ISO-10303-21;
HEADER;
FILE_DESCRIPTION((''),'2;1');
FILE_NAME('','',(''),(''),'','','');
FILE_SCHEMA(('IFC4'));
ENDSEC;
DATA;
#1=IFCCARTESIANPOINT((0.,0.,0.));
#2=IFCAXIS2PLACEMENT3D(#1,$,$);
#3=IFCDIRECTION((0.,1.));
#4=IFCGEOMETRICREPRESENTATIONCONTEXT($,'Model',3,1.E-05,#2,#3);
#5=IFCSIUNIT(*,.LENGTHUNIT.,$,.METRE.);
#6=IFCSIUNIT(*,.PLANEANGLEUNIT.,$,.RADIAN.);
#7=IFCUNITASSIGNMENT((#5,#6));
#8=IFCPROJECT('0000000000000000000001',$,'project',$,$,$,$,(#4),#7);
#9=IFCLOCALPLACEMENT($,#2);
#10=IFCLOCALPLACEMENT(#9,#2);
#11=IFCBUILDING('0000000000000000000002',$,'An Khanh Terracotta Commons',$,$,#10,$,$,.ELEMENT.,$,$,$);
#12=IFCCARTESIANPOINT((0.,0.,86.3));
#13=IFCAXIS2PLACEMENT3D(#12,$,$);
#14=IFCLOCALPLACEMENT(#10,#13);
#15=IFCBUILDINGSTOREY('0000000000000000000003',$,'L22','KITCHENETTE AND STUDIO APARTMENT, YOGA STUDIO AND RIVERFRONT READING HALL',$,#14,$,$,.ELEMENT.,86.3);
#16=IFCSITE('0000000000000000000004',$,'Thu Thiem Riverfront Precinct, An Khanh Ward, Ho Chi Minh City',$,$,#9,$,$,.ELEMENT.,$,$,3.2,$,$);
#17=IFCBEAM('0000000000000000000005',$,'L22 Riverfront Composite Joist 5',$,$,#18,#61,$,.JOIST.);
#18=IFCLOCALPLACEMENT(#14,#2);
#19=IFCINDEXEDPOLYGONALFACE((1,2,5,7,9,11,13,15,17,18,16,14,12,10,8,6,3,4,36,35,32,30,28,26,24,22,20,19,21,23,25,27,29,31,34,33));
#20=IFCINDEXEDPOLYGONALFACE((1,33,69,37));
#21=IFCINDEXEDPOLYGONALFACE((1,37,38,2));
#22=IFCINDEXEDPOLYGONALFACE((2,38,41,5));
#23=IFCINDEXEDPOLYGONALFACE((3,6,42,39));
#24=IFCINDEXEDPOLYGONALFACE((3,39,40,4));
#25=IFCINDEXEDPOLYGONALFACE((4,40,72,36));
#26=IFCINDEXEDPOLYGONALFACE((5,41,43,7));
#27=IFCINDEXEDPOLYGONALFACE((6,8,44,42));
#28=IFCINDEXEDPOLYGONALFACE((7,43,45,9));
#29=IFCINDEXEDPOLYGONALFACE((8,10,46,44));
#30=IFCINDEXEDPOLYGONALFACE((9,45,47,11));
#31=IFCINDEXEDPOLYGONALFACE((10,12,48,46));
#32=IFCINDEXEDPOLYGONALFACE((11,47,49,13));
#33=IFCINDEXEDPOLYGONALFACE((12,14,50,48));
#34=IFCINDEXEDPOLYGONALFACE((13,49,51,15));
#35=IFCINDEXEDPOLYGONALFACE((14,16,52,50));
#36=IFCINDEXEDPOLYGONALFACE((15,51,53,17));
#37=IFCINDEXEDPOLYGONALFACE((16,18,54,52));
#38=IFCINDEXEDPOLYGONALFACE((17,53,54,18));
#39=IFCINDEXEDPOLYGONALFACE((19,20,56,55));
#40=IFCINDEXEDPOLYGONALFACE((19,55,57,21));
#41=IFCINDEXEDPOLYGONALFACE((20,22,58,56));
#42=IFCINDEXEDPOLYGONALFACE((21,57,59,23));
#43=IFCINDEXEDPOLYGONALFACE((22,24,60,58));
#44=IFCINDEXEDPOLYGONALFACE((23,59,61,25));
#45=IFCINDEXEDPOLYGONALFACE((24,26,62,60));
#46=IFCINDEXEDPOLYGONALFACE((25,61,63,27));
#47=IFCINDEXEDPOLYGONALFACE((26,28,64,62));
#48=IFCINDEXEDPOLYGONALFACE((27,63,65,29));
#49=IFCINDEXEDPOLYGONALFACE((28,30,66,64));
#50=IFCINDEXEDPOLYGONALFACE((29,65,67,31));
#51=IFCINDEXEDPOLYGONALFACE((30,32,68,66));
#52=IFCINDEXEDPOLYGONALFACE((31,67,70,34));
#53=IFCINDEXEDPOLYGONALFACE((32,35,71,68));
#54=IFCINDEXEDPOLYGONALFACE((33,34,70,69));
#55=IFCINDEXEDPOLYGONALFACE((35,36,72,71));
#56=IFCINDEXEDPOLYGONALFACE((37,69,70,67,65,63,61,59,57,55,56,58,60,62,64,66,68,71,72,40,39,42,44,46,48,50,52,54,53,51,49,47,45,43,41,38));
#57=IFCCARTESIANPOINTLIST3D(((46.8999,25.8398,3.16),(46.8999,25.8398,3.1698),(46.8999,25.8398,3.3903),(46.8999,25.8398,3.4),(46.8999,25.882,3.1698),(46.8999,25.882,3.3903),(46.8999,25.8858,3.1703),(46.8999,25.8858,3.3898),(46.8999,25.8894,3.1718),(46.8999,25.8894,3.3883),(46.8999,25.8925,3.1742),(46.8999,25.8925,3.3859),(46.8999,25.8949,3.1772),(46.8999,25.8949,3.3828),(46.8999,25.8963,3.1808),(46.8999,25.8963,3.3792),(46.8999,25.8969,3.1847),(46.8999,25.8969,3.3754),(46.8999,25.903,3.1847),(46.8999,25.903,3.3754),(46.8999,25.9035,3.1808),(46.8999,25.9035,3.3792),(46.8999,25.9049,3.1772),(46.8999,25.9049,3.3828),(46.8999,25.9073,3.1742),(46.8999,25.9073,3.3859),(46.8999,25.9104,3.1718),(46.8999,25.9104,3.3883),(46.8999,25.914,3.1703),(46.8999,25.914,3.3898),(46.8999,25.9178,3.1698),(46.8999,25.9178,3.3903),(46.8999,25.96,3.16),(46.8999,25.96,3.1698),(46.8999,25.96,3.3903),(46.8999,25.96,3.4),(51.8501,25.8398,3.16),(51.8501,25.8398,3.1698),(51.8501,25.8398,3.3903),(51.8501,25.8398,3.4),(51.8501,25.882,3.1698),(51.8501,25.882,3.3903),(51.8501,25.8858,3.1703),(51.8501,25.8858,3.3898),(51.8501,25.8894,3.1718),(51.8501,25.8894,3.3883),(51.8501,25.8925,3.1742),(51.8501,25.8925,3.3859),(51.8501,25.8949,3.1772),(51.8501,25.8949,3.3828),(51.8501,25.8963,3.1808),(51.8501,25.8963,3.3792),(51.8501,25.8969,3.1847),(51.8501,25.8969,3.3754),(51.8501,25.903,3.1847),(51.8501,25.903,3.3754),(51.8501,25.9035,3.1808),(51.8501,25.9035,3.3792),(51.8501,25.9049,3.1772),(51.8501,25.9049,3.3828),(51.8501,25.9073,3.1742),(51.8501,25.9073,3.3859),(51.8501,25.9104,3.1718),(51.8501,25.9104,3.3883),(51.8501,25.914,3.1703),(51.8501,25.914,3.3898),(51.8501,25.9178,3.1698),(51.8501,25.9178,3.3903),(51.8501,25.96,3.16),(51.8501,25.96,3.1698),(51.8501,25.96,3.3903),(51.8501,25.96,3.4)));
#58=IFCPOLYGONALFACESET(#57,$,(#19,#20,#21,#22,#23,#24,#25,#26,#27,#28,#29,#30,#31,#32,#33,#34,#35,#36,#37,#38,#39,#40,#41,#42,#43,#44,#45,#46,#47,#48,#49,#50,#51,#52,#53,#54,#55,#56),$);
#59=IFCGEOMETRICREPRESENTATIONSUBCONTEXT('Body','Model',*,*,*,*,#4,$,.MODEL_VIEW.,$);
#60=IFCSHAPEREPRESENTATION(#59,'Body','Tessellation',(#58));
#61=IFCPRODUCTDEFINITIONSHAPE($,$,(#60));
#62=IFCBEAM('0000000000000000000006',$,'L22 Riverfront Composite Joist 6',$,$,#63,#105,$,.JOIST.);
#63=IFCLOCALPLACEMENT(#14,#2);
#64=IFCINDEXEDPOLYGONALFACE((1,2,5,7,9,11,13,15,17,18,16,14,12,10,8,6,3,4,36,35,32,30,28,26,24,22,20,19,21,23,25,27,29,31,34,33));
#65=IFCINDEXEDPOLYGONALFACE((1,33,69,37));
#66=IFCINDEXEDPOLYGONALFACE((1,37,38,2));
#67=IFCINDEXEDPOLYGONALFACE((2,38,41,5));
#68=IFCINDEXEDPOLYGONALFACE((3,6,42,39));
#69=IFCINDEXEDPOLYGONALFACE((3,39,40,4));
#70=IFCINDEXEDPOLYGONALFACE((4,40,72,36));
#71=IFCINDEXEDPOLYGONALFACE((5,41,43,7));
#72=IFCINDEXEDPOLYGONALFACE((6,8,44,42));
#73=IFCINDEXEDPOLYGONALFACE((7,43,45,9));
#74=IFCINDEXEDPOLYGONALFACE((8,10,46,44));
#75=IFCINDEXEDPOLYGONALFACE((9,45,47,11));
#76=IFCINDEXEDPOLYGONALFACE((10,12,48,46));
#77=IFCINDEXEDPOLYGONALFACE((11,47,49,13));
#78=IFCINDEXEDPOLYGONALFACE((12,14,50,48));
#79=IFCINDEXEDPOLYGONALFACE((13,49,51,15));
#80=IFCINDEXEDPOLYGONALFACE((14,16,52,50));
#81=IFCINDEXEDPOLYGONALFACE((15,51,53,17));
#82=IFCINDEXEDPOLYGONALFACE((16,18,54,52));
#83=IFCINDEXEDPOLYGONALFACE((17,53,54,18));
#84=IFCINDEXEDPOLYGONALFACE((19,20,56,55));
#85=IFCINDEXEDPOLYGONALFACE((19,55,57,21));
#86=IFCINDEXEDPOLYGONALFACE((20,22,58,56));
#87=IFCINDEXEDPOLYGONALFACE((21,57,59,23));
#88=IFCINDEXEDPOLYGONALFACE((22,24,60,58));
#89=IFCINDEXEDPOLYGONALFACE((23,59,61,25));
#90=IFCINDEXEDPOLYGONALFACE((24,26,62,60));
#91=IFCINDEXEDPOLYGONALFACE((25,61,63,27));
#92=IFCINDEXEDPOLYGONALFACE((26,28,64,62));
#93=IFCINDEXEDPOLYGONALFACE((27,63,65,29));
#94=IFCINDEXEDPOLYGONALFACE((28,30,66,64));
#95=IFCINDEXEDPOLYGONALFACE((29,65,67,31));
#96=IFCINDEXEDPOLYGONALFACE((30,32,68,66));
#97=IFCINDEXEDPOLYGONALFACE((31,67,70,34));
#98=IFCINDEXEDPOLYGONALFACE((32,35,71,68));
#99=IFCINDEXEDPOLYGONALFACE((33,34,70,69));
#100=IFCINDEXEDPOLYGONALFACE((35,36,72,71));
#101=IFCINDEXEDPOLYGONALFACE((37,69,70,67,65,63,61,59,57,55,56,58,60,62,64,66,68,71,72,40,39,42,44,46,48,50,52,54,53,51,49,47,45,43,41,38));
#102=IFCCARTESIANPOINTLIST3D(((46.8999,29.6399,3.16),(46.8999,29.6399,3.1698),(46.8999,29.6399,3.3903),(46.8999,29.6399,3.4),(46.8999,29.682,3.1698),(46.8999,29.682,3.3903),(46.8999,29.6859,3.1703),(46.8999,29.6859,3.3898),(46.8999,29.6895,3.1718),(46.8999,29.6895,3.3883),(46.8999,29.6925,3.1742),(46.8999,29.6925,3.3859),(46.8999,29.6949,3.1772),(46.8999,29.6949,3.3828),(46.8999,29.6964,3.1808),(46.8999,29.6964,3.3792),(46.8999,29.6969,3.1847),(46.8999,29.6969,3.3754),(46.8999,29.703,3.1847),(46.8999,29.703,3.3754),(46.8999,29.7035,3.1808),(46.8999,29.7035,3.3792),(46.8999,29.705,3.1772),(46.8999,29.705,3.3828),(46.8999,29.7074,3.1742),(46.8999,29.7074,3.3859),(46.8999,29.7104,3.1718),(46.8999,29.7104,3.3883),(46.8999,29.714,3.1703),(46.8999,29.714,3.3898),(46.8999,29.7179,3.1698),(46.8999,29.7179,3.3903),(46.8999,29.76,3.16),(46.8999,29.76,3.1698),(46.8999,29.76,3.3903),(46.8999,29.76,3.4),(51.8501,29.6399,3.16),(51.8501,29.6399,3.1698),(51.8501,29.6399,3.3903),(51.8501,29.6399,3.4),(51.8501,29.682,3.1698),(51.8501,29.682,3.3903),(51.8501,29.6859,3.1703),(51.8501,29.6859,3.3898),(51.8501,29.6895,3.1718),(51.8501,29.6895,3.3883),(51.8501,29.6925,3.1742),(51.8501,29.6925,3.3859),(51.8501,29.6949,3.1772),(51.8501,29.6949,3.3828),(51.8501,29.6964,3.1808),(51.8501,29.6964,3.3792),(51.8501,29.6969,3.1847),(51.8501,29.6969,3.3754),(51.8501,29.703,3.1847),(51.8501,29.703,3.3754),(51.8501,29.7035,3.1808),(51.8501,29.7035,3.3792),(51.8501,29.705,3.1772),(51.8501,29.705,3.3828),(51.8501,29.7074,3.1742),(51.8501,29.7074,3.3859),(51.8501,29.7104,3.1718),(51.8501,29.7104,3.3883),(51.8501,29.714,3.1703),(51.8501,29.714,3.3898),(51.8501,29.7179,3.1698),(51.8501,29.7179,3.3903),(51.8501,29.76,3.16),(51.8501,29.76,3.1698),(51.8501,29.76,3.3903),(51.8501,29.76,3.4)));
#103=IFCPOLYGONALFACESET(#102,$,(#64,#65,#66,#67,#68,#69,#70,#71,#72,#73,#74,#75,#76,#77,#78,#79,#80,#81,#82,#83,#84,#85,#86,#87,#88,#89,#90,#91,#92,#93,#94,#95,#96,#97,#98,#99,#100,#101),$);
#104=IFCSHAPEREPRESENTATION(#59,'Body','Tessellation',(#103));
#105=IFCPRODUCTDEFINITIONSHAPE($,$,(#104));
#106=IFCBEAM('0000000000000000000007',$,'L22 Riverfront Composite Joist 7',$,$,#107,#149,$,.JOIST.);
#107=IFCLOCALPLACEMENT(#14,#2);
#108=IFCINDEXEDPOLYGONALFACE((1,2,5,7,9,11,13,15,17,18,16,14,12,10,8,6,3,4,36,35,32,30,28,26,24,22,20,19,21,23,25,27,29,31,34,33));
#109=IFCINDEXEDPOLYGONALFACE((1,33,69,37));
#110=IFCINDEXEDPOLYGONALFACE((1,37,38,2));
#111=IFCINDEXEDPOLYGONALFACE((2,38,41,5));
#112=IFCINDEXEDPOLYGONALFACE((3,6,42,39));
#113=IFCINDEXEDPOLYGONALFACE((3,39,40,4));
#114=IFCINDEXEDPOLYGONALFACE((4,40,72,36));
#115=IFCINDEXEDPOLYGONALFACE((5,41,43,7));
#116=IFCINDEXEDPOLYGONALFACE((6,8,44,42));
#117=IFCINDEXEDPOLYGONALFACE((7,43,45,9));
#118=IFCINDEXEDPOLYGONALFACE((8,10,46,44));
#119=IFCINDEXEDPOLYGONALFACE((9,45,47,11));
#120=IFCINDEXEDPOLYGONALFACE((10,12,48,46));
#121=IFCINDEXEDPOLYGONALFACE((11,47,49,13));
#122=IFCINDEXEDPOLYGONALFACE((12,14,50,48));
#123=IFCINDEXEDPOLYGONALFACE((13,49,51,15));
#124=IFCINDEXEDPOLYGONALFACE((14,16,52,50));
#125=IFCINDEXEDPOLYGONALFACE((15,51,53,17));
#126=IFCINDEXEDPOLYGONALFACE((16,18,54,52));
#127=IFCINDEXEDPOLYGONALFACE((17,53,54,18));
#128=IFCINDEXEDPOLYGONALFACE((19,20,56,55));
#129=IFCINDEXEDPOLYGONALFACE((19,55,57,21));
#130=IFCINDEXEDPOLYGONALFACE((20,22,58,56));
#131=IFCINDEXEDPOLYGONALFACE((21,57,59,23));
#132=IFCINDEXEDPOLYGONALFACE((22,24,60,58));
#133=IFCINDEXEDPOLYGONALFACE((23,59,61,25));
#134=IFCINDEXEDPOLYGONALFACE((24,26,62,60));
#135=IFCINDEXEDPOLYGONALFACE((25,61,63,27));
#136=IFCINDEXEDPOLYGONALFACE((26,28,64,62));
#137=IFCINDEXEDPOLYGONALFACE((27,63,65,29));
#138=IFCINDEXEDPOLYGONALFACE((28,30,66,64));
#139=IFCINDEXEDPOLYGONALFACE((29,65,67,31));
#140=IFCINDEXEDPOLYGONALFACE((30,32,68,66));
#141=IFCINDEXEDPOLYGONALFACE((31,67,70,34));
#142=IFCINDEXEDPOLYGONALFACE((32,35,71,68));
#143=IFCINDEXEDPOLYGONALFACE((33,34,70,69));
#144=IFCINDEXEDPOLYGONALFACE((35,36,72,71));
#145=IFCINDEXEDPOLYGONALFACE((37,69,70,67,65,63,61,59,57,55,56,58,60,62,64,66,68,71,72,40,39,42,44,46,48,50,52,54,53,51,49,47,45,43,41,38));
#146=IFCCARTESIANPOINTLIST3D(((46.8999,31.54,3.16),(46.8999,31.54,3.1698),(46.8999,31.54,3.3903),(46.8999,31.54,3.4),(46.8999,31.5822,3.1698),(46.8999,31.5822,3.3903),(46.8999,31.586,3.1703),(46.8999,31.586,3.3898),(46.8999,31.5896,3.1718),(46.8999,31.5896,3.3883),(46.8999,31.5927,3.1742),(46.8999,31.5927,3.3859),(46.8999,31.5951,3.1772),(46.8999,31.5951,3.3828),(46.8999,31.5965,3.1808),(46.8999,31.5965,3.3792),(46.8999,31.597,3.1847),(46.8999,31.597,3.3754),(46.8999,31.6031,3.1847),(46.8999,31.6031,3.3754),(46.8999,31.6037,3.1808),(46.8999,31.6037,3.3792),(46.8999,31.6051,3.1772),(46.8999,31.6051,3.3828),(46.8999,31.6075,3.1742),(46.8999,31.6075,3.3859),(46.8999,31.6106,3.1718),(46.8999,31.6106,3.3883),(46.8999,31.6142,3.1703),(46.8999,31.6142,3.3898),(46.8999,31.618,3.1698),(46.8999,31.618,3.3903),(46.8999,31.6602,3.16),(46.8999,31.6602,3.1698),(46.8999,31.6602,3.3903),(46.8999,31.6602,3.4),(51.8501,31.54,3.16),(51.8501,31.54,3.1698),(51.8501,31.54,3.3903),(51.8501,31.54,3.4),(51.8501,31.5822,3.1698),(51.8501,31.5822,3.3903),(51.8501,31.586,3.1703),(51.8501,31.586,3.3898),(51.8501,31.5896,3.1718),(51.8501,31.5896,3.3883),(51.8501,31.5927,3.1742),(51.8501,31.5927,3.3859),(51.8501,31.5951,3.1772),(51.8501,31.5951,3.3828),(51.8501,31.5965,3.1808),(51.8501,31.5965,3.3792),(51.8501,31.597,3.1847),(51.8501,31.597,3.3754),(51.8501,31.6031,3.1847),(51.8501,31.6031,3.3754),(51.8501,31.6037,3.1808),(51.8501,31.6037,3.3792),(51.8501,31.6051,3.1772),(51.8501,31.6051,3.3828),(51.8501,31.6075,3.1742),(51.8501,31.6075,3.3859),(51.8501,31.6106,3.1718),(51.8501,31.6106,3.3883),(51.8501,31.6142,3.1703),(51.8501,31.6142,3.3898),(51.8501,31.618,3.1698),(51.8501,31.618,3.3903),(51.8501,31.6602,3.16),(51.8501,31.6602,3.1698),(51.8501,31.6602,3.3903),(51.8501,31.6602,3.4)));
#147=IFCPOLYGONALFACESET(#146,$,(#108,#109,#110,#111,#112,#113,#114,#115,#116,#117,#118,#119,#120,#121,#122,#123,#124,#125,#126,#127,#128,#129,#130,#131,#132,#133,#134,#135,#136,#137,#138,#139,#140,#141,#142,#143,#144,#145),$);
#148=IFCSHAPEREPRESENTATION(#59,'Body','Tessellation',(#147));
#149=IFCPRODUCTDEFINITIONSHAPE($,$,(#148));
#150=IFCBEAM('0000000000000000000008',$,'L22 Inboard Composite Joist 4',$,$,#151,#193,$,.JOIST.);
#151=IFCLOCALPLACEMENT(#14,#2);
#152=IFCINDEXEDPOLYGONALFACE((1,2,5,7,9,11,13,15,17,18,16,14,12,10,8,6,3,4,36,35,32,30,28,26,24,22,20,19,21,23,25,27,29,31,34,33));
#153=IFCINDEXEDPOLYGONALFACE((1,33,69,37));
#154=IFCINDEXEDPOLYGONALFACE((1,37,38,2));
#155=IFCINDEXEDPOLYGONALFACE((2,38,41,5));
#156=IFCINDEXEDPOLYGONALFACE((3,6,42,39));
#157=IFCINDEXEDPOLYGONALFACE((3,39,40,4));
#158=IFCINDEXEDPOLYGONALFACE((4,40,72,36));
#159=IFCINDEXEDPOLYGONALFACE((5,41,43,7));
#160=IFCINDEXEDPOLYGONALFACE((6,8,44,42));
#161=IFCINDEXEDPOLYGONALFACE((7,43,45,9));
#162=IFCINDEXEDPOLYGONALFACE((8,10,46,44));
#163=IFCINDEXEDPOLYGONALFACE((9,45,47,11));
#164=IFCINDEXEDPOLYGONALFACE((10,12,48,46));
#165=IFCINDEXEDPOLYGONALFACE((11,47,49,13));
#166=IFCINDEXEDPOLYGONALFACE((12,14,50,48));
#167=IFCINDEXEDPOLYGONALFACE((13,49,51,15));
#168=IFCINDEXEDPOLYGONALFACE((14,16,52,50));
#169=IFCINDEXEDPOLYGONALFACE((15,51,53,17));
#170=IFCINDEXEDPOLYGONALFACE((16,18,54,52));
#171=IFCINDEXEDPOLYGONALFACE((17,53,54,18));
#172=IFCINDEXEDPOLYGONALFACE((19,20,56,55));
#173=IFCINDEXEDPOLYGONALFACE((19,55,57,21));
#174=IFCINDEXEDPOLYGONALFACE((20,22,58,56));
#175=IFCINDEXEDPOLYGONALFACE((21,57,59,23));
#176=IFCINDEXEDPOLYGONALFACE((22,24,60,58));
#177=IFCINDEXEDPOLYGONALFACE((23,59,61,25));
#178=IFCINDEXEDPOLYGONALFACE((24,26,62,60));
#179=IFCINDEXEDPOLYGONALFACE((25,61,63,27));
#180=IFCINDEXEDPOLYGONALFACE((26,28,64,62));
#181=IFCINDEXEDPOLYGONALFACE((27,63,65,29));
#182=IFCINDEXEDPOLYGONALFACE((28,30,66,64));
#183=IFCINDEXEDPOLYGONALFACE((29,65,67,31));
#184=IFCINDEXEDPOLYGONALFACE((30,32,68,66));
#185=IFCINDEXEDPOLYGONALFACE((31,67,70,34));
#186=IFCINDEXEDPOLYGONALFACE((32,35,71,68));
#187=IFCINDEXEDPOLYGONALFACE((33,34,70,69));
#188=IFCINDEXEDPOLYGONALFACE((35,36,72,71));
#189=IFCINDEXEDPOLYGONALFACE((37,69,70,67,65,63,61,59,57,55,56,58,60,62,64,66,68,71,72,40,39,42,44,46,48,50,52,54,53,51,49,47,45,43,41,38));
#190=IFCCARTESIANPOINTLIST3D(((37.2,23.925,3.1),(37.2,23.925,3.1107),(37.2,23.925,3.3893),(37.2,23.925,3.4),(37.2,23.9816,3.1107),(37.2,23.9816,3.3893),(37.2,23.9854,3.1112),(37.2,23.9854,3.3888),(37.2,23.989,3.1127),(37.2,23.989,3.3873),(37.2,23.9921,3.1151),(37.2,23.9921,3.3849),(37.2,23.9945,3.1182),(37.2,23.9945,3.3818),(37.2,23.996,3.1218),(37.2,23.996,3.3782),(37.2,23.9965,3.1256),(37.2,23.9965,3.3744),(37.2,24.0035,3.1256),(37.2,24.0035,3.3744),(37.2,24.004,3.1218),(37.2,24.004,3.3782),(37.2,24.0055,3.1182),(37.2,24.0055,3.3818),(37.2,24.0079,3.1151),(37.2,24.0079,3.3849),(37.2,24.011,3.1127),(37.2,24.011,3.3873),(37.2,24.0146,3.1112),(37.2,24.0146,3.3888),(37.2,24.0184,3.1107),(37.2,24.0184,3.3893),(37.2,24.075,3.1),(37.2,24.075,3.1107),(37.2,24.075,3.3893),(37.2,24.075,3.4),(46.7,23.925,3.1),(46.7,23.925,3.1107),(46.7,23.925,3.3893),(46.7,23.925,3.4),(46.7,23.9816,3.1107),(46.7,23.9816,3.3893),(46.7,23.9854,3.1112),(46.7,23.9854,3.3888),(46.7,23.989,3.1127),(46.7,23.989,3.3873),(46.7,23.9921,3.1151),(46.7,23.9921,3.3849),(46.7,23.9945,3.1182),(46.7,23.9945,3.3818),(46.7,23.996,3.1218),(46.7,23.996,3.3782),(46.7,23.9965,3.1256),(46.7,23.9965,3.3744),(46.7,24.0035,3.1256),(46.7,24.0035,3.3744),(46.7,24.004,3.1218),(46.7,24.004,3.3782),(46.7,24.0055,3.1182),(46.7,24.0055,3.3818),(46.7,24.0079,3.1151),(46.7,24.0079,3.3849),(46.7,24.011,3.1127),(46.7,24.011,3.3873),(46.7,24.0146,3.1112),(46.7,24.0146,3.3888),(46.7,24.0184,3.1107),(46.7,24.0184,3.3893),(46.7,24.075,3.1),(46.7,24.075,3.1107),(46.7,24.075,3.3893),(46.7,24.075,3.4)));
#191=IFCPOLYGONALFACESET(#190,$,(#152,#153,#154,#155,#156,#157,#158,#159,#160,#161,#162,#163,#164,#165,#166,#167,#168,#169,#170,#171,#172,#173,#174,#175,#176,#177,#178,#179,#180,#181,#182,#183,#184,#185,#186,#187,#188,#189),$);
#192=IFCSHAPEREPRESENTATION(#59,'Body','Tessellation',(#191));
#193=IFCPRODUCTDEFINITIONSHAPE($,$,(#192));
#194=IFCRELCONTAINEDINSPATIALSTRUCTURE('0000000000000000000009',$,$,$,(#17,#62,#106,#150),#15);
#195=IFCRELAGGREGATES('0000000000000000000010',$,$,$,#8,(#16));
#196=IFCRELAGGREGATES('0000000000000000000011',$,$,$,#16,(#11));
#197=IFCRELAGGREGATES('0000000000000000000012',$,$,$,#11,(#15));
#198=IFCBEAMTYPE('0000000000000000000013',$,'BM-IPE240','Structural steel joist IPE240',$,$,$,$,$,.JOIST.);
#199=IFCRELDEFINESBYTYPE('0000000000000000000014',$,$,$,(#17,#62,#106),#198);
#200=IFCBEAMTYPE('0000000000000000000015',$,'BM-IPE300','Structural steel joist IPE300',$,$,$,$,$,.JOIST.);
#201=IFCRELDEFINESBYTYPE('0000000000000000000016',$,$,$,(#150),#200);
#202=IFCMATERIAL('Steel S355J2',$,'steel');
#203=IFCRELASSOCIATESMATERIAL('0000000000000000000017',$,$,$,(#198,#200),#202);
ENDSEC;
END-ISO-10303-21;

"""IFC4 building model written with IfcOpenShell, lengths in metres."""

from ifc_helpers import new_model, si_unit, direction, frame, origin, origin_2d, place, context, subcontext, project, spatial, i_section, extrude, material, material_profile, profile_set, type_object, element, save


model = new_model("IFC4")

# Units and contexts
model_context = context("Model", 3, precision=1e-05, world=origin(), true_north=direction((0.0, 1.0)))
body_context = subcontext(model_context, "Body", "Model", "MODEL_VIEW")
ifc_project = project(units=[si_unit("LENGTHUNIT", "METRE"), si_unit("PLANEANGLEUNIT", "RADIAN")], contexts=[model_context])

# Site, building, storey
site_placement = place(None, origin())
site = spatial("IfcSite", under=ifc_project, at=site_placement, Name="Thu Thiem Riverfront Precinct, An Khanh Ward, Ho Chi Minh City", CompositionType="ELEMENT", RefElevation=3.2)
building_placement = place(site_placement, origin())
building = spatial("IfcBuilding", under=site, at=building_placement, Name="An Khanh Terracotta Commons", CompositionType="ELEMENT")
storey_placement = place(building_placement, frame((0.0, 0.0, 86.3)))
storey = spatial("IfcBuildingStorey", under=building, at=storey_placement, Name="L22", Description="KITCHENETTE AND STUDIO APARTMENT, YOGA STUDIO AND RIVERFRONT READING HALL", CompositionType="ELEMENT", Elevation=86.3)

# Beams
ifc_material_1 = material(Name="Steel S355J2", Category="steel")
ifc_material_profile_1 = material_profile(ifc_material_1, i_section(OverallWidth=0.1201, OverallDepth=0.24, WebThickness=0.0061, FlangeThickness=0.0098, FilletRadius=0.0149, at=origin_2d()), Name="IPE240")
ifc_profile_set_1 = profile_set([ifc_material_profile_1], Name="Steel S355J2")
beam_type_1 = type_object("IfcBeamType", Name="BM-IPE240", Description="Structural steel joist IPE240", PredefinedType="JOIST", material=ifc_profile_set_1)
for number, where, z_axis, x_axis, name in (
    (1, (46.8999, 25.8999, 3.28), (1.0, 0.0, 0.0), (0.0, 1.0, 0.0), "L22 Riverfront Composite Joist 5"),
    (2, (46.8999, 29.7, 3.28), (1.0, 0.0, 0.0), (0.0, 1.0, 0.0), "L22 Riverfront Composite Joist 6"),
    (3, (46.8999, 31.6001, 3.28), (1.0, 0.0, 0.0), (0.0, 1.0, 0.0), "L22 Riverfront Composite Joist 7"),
):
    element("IfcBeam", number, at=place(storey_placement, frame(where, z_axis=z_axis, x_axis=x_axis)), inside=storey, type_object=beam_type_1, Name=name, PredefinedType="JOIST", context=body_context, shape_type="SweptSolid", body=[
        extrude(i_section(OverallWidth=0.1201, OverallDepth=0.24, WebThickness=0.0061, FlangeThickness=0.0098, FilletRadius=0.0149, at=origin_2d()), origin(), (0.0, 0.0, 1.0), 4.9502),
    ])
ifc_material_profile_2 = material_profile(ifc_material_1, i_section(OverallWidth=0.1499, OverallDepth=0.3, WebThickness=0.0071, FlangeThickness=0.0107, FilletRadius=0.0149, at=origin_2d()), Name="IPE300")
ifc_profile_set_2 = profile_set([ifc_material_profile_2], Name="Steel S355J2")
beam_type_2 = type_object("IfcBeamType", Name="BM-IPE300", Description="Structural steel joist IPE300", PredefinedType="JOIST", material=ifc_profile_set_2)
for number, where, z_axis, x_axis, name in (
    (4, (37.2, 24.0, 3.25), (1.0, 0.0, 0.0), (0.0, 1.0, 0.0), "L22 Inboard Composite Joist 4"),
):
    element("IfcBeam", number, at=place(storey_placement, frame(where, z_axis=z_axis, x_axis=x_axis)), inside=storey, type_object=beam_type_2, Name=name, PredefinedType="JOIST", context=body_context, shape_type="SweptSolid", body=[
        extrude(i_section(OverallWidth=0.1499, OverallDepth=0.3, WebThickness=0.0071, FlangeThickness=0.0107, FilletRadius=0.0149, at=origin_2d()), origin(), (0.0, 0.0, 1.0), 9.5),
    ])

save(model, "model.ifc")
